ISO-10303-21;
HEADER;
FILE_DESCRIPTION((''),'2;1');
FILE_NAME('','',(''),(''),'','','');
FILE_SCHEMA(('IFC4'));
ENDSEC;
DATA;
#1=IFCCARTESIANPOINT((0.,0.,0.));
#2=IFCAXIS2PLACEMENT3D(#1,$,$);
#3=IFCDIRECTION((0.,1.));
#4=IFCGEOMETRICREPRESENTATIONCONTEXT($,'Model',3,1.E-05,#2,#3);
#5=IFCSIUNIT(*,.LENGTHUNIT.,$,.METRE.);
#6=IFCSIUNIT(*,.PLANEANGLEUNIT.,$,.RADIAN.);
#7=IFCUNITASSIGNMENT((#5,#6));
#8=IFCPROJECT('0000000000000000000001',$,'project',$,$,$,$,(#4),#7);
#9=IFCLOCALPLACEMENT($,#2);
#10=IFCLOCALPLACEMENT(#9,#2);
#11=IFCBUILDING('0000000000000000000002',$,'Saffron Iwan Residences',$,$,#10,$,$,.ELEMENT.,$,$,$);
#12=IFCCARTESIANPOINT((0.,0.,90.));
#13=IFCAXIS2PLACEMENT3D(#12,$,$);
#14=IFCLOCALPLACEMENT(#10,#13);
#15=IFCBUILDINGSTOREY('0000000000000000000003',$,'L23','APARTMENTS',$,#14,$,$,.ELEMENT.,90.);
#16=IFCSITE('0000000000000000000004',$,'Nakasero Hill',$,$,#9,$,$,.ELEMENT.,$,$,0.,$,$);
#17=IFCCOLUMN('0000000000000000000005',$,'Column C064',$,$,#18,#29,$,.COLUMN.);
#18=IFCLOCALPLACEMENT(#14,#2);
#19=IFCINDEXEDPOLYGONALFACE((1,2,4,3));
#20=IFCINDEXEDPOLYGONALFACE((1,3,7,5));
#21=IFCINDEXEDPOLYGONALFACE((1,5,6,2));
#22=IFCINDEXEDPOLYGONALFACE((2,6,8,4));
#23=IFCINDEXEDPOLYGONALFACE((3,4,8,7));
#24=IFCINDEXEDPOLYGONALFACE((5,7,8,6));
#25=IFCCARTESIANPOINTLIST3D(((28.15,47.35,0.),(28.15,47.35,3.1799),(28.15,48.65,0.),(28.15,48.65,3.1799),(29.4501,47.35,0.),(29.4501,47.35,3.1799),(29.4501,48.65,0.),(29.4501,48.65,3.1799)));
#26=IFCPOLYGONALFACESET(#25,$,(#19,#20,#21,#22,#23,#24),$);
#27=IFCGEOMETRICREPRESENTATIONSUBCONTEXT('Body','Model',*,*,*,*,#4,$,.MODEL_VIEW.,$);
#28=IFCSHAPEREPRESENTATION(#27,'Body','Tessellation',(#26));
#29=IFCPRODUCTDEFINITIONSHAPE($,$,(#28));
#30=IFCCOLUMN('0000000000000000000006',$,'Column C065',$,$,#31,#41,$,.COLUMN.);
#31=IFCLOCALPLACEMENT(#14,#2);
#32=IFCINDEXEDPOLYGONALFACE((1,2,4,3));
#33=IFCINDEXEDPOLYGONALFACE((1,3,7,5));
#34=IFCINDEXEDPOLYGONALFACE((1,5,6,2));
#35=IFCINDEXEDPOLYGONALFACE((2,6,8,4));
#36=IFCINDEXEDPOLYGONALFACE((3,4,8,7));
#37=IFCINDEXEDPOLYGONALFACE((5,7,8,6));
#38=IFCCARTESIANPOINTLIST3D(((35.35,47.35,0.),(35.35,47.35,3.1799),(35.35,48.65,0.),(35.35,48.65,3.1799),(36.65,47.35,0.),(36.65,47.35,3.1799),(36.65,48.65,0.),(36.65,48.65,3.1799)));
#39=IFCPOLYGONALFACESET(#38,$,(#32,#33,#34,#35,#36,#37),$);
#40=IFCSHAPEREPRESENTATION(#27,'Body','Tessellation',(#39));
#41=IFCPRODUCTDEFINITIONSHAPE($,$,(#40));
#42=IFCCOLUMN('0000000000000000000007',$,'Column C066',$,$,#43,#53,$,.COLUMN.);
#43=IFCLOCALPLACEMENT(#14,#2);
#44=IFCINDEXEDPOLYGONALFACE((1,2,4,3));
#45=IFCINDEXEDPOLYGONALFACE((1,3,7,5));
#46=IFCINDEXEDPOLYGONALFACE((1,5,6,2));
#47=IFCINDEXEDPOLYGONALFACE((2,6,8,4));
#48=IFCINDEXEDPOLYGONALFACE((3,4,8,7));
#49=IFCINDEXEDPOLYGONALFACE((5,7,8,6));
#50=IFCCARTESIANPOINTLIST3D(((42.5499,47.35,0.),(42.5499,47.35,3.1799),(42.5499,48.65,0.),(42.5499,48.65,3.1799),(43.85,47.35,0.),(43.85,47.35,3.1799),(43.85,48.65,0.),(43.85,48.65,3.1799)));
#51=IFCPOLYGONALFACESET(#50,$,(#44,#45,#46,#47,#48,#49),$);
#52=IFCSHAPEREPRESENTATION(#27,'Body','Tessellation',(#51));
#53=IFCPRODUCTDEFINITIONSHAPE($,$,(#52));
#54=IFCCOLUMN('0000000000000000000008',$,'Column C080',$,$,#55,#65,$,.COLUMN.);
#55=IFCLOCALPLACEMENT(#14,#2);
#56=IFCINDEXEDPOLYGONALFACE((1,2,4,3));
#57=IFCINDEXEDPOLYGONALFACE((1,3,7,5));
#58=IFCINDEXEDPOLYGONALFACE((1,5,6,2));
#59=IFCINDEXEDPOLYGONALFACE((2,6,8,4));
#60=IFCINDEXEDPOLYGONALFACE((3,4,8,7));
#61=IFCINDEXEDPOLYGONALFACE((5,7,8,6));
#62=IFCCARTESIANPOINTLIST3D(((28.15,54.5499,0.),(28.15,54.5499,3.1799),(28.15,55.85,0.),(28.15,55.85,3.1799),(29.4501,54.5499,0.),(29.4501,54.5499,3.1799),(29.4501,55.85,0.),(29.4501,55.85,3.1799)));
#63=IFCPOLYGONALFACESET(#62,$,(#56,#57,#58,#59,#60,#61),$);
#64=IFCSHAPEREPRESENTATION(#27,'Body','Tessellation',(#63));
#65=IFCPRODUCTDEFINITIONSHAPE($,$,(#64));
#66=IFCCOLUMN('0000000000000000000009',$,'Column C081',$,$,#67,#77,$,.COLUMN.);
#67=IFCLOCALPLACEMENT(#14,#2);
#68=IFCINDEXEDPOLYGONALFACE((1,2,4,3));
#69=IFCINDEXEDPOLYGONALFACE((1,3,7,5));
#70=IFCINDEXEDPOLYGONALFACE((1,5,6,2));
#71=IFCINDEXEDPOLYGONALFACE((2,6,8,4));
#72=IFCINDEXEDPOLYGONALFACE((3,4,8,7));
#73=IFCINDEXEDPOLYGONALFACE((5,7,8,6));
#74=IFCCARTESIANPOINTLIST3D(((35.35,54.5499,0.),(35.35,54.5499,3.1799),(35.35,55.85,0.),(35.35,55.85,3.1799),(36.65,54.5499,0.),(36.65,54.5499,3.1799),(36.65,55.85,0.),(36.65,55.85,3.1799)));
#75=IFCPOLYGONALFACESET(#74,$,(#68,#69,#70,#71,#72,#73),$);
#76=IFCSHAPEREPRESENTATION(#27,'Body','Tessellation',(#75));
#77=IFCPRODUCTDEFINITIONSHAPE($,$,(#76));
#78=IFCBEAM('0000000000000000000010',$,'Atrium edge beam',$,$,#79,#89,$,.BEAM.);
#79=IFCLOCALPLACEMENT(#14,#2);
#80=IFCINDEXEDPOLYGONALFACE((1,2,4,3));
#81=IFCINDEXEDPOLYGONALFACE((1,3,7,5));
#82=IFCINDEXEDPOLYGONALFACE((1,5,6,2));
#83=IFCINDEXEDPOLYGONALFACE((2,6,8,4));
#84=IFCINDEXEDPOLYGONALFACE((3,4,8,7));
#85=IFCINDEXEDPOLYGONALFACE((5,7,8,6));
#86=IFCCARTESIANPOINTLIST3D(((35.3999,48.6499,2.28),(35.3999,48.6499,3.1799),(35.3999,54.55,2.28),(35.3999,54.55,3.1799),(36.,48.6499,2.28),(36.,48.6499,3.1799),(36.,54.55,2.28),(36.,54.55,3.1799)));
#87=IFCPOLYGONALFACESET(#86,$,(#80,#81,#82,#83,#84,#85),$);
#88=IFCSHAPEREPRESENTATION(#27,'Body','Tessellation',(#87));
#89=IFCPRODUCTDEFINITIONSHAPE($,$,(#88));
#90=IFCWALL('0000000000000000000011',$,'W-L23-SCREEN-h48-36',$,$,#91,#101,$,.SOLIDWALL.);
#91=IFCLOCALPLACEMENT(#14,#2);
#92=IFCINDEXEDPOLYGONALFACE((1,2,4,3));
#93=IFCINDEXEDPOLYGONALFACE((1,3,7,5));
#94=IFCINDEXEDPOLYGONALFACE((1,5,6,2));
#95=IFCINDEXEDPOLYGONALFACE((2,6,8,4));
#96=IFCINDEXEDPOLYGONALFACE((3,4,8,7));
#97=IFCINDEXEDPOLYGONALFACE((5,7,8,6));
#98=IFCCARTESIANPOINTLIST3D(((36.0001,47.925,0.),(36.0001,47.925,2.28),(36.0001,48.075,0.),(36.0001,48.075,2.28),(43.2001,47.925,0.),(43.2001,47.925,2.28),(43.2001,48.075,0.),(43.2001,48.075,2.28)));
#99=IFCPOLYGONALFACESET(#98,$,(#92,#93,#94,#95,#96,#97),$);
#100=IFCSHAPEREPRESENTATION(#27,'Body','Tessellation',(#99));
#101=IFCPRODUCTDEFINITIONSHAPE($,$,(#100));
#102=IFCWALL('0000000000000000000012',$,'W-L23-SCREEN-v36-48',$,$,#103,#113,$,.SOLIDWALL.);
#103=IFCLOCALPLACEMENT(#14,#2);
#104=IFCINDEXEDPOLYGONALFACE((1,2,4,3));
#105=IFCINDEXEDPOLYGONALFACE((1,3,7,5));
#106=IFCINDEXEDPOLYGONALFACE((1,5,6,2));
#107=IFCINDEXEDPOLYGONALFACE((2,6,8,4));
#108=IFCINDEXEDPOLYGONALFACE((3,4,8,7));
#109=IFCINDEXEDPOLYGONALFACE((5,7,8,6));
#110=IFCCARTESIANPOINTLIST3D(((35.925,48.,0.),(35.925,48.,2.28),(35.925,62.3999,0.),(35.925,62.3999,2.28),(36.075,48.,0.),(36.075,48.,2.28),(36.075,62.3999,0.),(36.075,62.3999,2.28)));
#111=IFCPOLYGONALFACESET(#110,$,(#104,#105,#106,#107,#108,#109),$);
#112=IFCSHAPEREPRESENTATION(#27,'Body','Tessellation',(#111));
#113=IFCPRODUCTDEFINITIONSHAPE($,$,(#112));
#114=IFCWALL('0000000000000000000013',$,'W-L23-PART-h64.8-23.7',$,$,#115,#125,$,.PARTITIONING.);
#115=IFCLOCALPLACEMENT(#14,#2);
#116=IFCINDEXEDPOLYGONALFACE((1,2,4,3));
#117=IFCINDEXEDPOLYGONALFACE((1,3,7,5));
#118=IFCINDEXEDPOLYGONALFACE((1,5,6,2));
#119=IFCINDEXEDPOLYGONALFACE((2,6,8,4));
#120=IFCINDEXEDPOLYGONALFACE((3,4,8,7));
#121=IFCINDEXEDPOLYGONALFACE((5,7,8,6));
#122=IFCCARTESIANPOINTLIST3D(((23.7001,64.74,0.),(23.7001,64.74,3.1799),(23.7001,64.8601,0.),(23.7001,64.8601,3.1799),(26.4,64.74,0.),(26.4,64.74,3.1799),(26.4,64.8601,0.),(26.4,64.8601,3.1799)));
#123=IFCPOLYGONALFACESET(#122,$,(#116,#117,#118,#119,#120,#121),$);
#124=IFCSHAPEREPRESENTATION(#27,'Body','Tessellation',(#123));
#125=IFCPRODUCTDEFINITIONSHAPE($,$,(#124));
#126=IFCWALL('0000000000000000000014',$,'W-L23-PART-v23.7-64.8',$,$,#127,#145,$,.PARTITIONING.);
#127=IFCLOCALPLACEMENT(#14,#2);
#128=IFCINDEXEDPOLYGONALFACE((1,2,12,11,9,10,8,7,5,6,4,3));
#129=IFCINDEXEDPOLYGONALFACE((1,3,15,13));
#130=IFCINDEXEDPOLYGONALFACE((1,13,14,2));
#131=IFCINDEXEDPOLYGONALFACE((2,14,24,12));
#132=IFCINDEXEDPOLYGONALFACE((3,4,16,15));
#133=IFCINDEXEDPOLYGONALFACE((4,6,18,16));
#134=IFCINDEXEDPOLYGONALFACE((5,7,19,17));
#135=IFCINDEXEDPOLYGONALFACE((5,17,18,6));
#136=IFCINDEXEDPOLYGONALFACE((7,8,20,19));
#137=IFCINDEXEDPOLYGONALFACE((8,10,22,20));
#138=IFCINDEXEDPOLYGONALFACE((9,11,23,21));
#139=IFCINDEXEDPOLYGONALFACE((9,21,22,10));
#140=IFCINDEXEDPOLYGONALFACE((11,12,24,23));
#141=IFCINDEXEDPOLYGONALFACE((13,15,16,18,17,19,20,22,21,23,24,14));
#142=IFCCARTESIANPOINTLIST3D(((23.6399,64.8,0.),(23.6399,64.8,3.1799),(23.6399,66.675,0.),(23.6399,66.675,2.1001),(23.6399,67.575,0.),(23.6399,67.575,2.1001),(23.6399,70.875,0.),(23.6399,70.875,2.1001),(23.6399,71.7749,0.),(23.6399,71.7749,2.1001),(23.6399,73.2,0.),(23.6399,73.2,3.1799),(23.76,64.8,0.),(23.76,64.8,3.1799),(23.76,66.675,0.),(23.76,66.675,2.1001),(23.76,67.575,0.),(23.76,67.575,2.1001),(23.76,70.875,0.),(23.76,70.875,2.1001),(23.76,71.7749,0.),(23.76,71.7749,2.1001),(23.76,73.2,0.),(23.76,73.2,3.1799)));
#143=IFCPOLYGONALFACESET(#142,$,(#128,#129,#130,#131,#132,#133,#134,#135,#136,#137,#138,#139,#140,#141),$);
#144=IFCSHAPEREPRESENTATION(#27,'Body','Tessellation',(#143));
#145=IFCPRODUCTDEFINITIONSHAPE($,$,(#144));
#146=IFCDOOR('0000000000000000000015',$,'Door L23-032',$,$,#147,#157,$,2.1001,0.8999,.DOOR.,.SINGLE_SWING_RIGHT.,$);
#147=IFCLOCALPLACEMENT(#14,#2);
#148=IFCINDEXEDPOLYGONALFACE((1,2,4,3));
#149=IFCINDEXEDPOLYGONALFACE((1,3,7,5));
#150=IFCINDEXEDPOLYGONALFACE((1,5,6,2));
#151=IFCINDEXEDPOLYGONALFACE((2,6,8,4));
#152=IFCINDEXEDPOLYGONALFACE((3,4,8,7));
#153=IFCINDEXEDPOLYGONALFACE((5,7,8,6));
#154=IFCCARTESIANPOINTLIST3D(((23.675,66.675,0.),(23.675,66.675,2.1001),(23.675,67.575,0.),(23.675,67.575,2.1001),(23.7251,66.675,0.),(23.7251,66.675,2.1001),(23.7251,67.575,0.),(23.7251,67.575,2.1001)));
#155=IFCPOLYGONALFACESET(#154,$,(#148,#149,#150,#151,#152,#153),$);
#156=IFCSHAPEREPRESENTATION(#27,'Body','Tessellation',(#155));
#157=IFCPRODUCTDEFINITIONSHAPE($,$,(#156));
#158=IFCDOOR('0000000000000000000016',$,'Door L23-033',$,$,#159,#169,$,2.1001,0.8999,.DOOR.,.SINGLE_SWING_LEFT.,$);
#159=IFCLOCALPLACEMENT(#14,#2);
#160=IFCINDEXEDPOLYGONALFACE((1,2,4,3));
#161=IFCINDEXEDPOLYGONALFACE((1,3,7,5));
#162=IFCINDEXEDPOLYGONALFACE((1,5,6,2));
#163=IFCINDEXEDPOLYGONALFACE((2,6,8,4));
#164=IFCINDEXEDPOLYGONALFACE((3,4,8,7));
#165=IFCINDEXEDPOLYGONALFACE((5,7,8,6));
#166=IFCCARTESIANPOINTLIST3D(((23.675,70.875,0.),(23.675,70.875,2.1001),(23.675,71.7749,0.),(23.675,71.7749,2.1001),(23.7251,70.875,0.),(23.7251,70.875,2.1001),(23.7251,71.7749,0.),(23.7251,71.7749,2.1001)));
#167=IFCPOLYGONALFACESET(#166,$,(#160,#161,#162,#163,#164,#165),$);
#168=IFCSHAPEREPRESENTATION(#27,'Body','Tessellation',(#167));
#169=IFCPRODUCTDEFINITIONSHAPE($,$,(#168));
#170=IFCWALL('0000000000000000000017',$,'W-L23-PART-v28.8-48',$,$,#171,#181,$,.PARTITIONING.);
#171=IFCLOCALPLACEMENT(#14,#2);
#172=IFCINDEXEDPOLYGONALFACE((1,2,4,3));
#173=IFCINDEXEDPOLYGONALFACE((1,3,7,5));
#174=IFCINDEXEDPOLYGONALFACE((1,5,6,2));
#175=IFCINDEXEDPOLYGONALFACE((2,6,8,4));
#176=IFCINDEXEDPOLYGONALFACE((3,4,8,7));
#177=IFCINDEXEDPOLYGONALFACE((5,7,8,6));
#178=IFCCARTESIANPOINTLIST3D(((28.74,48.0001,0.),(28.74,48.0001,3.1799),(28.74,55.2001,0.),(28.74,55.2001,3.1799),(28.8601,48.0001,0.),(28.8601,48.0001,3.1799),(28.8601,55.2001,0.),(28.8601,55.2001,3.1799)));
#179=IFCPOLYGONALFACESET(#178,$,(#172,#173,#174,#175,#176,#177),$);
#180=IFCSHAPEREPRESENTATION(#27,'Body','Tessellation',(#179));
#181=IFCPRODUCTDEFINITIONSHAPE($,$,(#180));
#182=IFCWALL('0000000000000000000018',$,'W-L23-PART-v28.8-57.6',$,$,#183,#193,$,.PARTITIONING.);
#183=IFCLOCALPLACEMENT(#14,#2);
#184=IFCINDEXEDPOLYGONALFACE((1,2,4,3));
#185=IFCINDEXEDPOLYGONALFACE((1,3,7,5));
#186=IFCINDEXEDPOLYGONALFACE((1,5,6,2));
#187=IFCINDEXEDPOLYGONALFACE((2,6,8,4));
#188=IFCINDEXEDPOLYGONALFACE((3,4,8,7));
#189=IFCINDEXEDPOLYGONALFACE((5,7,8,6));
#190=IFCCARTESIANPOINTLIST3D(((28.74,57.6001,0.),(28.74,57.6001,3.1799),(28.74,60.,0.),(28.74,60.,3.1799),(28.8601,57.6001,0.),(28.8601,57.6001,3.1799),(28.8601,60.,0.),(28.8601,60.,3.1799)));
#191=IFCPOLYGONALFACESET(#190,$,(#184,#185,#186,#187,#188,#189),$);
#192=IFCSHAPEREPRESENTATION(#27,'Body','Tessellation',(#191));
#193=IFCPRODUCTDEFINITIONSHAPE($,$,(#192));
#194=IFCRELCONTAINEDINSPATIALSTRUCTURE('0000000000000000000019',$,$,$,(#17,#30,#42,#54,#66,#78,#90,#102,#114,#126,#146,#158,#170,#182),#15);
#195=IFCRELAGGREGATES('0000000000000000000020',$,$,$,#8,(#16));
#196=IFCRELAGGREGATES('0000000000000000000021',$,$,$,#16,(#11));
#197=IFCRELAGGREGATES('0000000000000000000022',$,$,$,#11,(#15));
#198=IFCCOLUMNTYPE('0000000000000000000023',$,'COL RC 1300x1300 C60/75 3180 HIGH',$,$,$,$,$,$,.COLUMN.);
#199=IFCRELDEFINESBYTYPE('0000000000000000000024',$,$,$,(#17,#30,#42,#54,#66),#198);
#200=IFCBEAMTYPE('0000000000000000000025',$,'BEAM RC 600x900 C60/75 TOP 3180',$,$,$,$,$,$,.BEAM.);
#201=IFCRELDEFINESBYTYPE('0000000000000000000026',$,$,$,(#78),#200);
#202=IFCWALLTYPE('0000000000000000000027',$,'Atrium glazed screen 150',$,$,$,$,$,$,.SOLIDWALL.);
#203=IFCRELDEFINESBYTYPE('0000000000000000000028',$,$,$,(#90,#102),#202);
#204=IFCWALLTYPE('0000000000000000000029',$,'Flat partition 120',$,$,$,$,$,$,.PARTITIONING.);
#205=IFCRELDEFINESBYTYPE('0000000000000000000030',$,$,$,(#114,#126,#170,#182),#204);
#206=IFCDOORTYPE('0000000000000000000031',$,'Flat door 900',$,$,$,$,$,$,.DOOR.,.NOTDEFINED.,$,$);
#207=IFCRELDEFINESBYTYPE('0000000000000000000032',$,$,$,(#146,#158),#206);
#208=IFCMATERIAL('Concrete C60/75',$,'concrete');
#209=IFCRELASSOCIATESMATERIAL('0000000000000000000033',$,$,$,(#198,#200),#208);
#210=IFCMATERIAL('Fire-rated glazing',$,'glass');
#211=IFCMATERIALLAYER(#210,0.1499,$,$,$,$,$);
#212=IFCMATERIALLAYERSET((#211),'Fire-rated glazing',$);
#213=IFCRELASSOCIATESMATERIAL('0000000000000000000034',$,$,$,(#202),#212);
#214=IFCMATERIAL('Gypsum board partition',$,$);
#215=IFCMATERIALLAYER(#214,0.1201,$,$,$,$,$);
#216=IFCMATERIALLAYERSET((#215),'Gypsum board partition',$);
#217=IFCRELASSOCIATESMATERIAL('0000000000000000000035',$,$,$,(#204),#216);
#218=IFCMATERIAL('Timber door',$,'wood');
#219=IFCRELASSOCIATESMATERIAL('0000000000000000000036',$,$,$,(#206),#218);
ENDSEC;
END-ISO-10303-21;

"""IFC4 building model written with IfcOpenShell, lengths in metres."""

from ifc_helpers import new_model, si_unit, direction, frame, frame_2d, origin, origin_2d, place, context, subcontext, project, spatial, rectangle, extrude, source, transform, mapped, material, layer, layer_set, material_profile, profile_set, type_object, element, fill, save


model = new_model("IFC4")

# Units and contexts
model_context = context("Model", 3, precision=1e-05, world=origin(), true_north=direction((0.0, 1.0)))
body_context = subcontext(model_context, "Body", "Model", "MODEL_VIEW")
ifc_project = project(units=[si_unit("LENGTHUNIT", "METRE"), si_unit("PLANEANGLEUNIT", "RADIAN")], contexts=[model_context])

# Site, building, storey
site_placement = place(None, origin())
site = spatial("IfcSite", under=ifc_project, at=site_placement, Name="Nakasero Hill", CompositionType="ELEMENT", RefElevation=0.0)
building_placement = place(site_placement, origin())
building = spatial("IfcBuilding", under=site, at=building_placement, Name="Saffron Iwan Residences", CompositionType="ELEMENT")
storey_placement = place(building_placement, frame((0.0, 0.0, 90.0)))
storey = spatial("IfcBuildingStorey", under=building, at=storey_placement, Name="L23", Description="APARTMENTS", CompositionType="ELEMENT", Elevation=90.0)

# Columns
ifc_material_1 = material(Name="Concrete C60/75", Category="concrete")
ifc_material_profile_1 = material_profile(ifc_material_1, rectangle(XDim=1.3, YDim=1.3, at=origin_2d()), Name="RC 1300x1300")
ifc_profile_set_1 = profile_set([ifc_material_profile_1], Name="Concrete C60/75")
column_type = type_object("IfcColumnType", Name="COL RC 1300x1300 C60/75 3180 HIGH", PredefinedType="COLUMN", material=ifc_profile_set_1)
shared_shape_1 = source(origin(), body_context, "Body", "SweptSolid", [
    extrude(rectangle(XDim=1.3, YDim=1.3, at=origin_2d()), origin(), (0.0, 0.0, 1.0), 3.1799),
])
for number, where, z_axis, x_axis, name in (
    (1, (28.8, 48.0, 0.0), (0.0, 0.0, 1.0), (1.0, 0.0, 0.0), "Column C064"),
    (2, (36.0, 48.0, 0.0), (0.0, 0.0, 1.0), (1.0, 0.0, 0.0), "Column C065"),
    (3, (43.2, 48.0, 0.0), (0.0, 0.0, 1.0), (1.0, 0.0, 0.0), "Column C066"),
    (4, (28.8, 55.2, 0.0), (0.0, 0.0, 1.0), (1.0, 0.0, 0.0), "Column C080"),
    (5, (36.0, 55.2, 0.0), (0.0, 0.0, 1.0), (1.0, 0.0, 0.0), "Column C081"),
):
    element("IfcColumn", number, at=place(storey_placement, frame(where, z_axis=z_axis, x_axis=x_axis)), inside=storey, type_object=column_type, Name=name, PredefinedType="COLUMN", context=body_context, shape_type="MappedRepresentation", body=[
        mapped(shared_shape_1, transform((0.0, 0.0, 0.0))),
    ])

# Beam
ifc_material_profile_2 = material_profile(ifc_material_1, rectangle(XDim=0.6001, YDim=0.8999, at=origin_2d()), Name="RC 600x900")
ifc_profile_set_2 = profile_set([ifc_material_profile_2], Name="Concrete C60/75")
beam_type = type_object("IfcBeamType", Name="BEAM RC 600x900 C60/75 TOP 3180", PredefinedType="BEAM", material=ifc_profile_set_2)
shared_shape_2 = source(origin(), body_context, "Body", "SweptSolid", [
    extrude(rectangle(XDim=0.6001, YDim=0.8999, at=origin_2d()), origin(), (0.0, 0.0, 1.0), 5.9001),
])
beam_placement = place(storey_placement, frame((35.7, 48.6499, 2.73), z_axis=(0.0, 1.0, 0.0), x_axis=(-1.0, 0.0, 0.0)))
element("IfcBeam", 6, at=beam_placement, inside=storey, type_object=beam_type, Name="Atrium edge beam", PredefinedType="BEAM", context=body_context, shape_type="MappedRepresentation", body=[
    mapped(shared_shape_2, transform((0.0, 0.0, 0.0))),
])

# Walls
ifc_material_2 = material(Name="Fire-rated glazing", Category="glass")
ifc_layer_1 = layer(ifc_material_2, 0.1499)
ifc_layer_set_1 = layer_set([ifc_layer_1], Name="Fire-rated glazing")
wall_type_1 = type_object("IfcWallType", Name="Atrium glazed screen 150", PredefinedType="SOLIDWALL", material=ifc_layer_set_1)
wall_1_placement = place(storey_placement, frame((36.0, 48.0, 0.0), z_axis=(0.0, 0.0, 1.0), x_axis=(1.0, 0.0, 0.0)))
element("IfcWall", 7, at=wall_1_placement, inside=storey, type_object=wall_type_1, Name="W-L23-SCREEN-h48-36", PredefinedType="SOLIDWALL", context=body_context, shape_type="SweptSolid", body=[
    extrude(rectangle(XDim=7.2, YDim=0.1499, at=frame_2d((3.6001, 0.0))), origin(), (0.0, 0.0, 1.0), 2.28),
])
wall_2_placement = place(storey_placement, frame((36.0, 48.0, 0.0), z_axis=(0.0, 0.0, 1.0), x_axis=(0.0, 1.0, 0.0)))
element("IfcWall", 8, at=wall_2_placement, inside=storey, type_object=wall_type_1, Name="W-L23-SCREEN-v36-48", PredefinedType="SOLIDWALL", context=body_context, shape_type="SweptSolid", body=[
    extrude(rectangle(XDim=14.3999, YDim=0.1499, at=frame_2d((7.2, 0.0))), origin(), (0.0, 0.0, 1.0), 2.28),
])
ifc_material_3 = material(Name="Gypsum board partition")
ifc_layer_2 = layer(ifc_material_3, 0.1201)
ifc_layer_set_2 = layer_set([ifc_layer_2], Name="Gypsum board partition")
wall_type_2 = type_object("IfcWallType", Name="Flat partition 120", PredefinedType="PARTITIONING", material=ifc_layer_set_2)
wall_3_placement = place(storey_placement, frame((23.7, 64.8, 0.0), z_axis=(0.0, 0.0, 1.0), x_axis=(1.0, 0.0, 0.0)))
element("IfcWall", 9, at=wall_3_placement, inside=storey, type_object=wall_type_2, Name="W-L23-PART-h64.8-23.7", PredefinedType="PARTITIONING", context=body_context, shape_type="SweptSolid", body=[
    extrude(rectangle(XDim=2.7, YDim=0.1201, at=frame_2d((1.3501, 0.0))), origin(), (0.0, 0.0, 1.0), 3.1799),
])

# Wall, openings, doors
wall_4_placement = place(storey_placement, frame((23.7, 64.8, 0.0), z_axis=(0.0, 0.0, 1.0), x_axis=(0.0, 1.0, 0.0)))
wall_4 = element("IfcWall", 10, at=wall_4_placement, inside=storey, type_object=wall_type_2, Name="W-L23-PART-v23.7-64.8", PredefinedType="PARTITIONING", context=body_context, shape_type="SweptSolid", body=[
    extrude(rectangle(XDim=8.3999, YDim=0.1201, at=frame_2d((4.2, 0.0))), origin(), (0.0, 0.0, 1.0), 3.1799),
])
opening_1_placement = place(wall_4_placement, frame((1.875, 0.0, 0.0)))
opening_1 = element("IfcOpeningElement", 11, at=opening_1_placement, cuts=wall_4, PredefinedType="OPENING", context=body_context, shape_type="SweptSolid", body=[
    extrude(rectangle(XDim=0.8999, YDim=2.1001, at=frame_2d((0.45, 1.05))), frame((0.0, 0.0701, 0.0), z_axis=(0.0, -1.0, 0.0), x_axis=(1.0, 0.0, 0.0)), (0.0, 0.0, 1.0), 0.1401),
])
opening_2_placement = place(wall_4_placement, frame((6.075, 0.0, 0.0)))
opening_2 = element("IfcOpeningElement", 12, at=opening_2_placement, cuts=wall_4, PredefinedType="OPENING", context=body_context, shape_type="SweptSolid", body=[
    extrude(rectangle(XDim=0.8999, YDim=2.1001, at=frame_2d((0.45, 1.05))), frame((0.0, 0.0701, 0.0), z_axis=(0.0, -1.0, 0.0), x_axis=(1.0, 0.0, 0.0)), (0.0, 0.0, 1.0), 0.1401),
])
ifc_material_4 = material(Name="Timber door", Category="wood")
door_type_1 = type_object("IfcDoorType", Name="Flat door 900", OperationType="NOTDEFINED", PredefinedType="DOOR", material=ifc_material_4)
door_1_placement = place(opening_1_placement, origin())
door_1 = element("IfcDoor", 13, at=door_1_placement, inside=storey, type_object=door_type_1, Name="Door L23-032", OperationType="SINGLE_SWING_RIGHT", OverallHeight=2.1001, OverallWidth=0.8999, PredefinedType="DOOR", context=body_context, shape_type="SweptSolid", body=[
    extrude(rectangle(XDim=0.8999, YDim=2.1001, at=frame_2d((0.45, 1.05))), frame((0.0, 0.0249, 0.0), z_axis=(0.0, -1.0, 0.0), x_axis=(1.0, 0.0, 0.0)), (0.0, 0.0, 1.0), 0.05),
])
fill(opening_1, door_1)
door_2_placement = place(opening_2_placement, origin())
door_2 = element("IfcDoor", 14, at=door_2_placement, inside=storey, type_object=door_type_1, Name="Door L23-033", OperationType="SINGLE_SWING_LEFT", OverallHeight=2.1001, OverallWidth=0.8999, PredefinedType="DOOR", context=body_context, shape_type="SweptSolid", body=[
    extrude(rectangle(XDim=0.8999, YDim=2.1001, at=frame_2d((0.45, 1.05))), frame((0.0, 0.0249, 0.0), z_axis=(0.0, -1.0, 0.0), x_axis=(1.0, 0.0, 0.0)), (0.0, 0.0, 1.0), 0.05),
])
fill(opening_2, door_2)

# Walls
wall_5_placement = place(storey_placement, frame((28.8, 48.0, 0.0), z_axis=(0.0, 0.0, 1.0), x_axis=(0.0, 1.0, 0.0)))
element("IfcWall", 15, at=wall_5_placement, inside=storey, type_object=wall_type_2, Name="W-L23-PART-v28.8-48", PredefinedType="PARTITIONING", context=body_context, shape_type="SweptSolid", body=[
    extrude(rectangle(XDim=7.2, YDim=0.1201, at=frame_2d((3.6001, 0.0))), origin(), (0.0, 0.0, 1.0), 3.1799),
])
wall_6_placement = place(storey_placement, frame((28.8, 57.6001, 0.0), z_axis=(0.0, 0.0, 1.0), x_axis=(0.0, 1.0, 0.0)))
element("IfcWall", 16, at=wall_6_placement, inside=storey, type_object=wall_type_2, Name="W-L23-PART-v28.8-57.6", PredefinedType="PARTITIONING", context=body_context, shape_type="SweptSolid", body=[
    extrude(rectangle(XDim=2.3999, YDim=0.1201, at=frame_2d((1.2, 0.0))), origin(), (0.0, 0.0, 1.0), 3.1799),
])

save(model, "model.ifc")
